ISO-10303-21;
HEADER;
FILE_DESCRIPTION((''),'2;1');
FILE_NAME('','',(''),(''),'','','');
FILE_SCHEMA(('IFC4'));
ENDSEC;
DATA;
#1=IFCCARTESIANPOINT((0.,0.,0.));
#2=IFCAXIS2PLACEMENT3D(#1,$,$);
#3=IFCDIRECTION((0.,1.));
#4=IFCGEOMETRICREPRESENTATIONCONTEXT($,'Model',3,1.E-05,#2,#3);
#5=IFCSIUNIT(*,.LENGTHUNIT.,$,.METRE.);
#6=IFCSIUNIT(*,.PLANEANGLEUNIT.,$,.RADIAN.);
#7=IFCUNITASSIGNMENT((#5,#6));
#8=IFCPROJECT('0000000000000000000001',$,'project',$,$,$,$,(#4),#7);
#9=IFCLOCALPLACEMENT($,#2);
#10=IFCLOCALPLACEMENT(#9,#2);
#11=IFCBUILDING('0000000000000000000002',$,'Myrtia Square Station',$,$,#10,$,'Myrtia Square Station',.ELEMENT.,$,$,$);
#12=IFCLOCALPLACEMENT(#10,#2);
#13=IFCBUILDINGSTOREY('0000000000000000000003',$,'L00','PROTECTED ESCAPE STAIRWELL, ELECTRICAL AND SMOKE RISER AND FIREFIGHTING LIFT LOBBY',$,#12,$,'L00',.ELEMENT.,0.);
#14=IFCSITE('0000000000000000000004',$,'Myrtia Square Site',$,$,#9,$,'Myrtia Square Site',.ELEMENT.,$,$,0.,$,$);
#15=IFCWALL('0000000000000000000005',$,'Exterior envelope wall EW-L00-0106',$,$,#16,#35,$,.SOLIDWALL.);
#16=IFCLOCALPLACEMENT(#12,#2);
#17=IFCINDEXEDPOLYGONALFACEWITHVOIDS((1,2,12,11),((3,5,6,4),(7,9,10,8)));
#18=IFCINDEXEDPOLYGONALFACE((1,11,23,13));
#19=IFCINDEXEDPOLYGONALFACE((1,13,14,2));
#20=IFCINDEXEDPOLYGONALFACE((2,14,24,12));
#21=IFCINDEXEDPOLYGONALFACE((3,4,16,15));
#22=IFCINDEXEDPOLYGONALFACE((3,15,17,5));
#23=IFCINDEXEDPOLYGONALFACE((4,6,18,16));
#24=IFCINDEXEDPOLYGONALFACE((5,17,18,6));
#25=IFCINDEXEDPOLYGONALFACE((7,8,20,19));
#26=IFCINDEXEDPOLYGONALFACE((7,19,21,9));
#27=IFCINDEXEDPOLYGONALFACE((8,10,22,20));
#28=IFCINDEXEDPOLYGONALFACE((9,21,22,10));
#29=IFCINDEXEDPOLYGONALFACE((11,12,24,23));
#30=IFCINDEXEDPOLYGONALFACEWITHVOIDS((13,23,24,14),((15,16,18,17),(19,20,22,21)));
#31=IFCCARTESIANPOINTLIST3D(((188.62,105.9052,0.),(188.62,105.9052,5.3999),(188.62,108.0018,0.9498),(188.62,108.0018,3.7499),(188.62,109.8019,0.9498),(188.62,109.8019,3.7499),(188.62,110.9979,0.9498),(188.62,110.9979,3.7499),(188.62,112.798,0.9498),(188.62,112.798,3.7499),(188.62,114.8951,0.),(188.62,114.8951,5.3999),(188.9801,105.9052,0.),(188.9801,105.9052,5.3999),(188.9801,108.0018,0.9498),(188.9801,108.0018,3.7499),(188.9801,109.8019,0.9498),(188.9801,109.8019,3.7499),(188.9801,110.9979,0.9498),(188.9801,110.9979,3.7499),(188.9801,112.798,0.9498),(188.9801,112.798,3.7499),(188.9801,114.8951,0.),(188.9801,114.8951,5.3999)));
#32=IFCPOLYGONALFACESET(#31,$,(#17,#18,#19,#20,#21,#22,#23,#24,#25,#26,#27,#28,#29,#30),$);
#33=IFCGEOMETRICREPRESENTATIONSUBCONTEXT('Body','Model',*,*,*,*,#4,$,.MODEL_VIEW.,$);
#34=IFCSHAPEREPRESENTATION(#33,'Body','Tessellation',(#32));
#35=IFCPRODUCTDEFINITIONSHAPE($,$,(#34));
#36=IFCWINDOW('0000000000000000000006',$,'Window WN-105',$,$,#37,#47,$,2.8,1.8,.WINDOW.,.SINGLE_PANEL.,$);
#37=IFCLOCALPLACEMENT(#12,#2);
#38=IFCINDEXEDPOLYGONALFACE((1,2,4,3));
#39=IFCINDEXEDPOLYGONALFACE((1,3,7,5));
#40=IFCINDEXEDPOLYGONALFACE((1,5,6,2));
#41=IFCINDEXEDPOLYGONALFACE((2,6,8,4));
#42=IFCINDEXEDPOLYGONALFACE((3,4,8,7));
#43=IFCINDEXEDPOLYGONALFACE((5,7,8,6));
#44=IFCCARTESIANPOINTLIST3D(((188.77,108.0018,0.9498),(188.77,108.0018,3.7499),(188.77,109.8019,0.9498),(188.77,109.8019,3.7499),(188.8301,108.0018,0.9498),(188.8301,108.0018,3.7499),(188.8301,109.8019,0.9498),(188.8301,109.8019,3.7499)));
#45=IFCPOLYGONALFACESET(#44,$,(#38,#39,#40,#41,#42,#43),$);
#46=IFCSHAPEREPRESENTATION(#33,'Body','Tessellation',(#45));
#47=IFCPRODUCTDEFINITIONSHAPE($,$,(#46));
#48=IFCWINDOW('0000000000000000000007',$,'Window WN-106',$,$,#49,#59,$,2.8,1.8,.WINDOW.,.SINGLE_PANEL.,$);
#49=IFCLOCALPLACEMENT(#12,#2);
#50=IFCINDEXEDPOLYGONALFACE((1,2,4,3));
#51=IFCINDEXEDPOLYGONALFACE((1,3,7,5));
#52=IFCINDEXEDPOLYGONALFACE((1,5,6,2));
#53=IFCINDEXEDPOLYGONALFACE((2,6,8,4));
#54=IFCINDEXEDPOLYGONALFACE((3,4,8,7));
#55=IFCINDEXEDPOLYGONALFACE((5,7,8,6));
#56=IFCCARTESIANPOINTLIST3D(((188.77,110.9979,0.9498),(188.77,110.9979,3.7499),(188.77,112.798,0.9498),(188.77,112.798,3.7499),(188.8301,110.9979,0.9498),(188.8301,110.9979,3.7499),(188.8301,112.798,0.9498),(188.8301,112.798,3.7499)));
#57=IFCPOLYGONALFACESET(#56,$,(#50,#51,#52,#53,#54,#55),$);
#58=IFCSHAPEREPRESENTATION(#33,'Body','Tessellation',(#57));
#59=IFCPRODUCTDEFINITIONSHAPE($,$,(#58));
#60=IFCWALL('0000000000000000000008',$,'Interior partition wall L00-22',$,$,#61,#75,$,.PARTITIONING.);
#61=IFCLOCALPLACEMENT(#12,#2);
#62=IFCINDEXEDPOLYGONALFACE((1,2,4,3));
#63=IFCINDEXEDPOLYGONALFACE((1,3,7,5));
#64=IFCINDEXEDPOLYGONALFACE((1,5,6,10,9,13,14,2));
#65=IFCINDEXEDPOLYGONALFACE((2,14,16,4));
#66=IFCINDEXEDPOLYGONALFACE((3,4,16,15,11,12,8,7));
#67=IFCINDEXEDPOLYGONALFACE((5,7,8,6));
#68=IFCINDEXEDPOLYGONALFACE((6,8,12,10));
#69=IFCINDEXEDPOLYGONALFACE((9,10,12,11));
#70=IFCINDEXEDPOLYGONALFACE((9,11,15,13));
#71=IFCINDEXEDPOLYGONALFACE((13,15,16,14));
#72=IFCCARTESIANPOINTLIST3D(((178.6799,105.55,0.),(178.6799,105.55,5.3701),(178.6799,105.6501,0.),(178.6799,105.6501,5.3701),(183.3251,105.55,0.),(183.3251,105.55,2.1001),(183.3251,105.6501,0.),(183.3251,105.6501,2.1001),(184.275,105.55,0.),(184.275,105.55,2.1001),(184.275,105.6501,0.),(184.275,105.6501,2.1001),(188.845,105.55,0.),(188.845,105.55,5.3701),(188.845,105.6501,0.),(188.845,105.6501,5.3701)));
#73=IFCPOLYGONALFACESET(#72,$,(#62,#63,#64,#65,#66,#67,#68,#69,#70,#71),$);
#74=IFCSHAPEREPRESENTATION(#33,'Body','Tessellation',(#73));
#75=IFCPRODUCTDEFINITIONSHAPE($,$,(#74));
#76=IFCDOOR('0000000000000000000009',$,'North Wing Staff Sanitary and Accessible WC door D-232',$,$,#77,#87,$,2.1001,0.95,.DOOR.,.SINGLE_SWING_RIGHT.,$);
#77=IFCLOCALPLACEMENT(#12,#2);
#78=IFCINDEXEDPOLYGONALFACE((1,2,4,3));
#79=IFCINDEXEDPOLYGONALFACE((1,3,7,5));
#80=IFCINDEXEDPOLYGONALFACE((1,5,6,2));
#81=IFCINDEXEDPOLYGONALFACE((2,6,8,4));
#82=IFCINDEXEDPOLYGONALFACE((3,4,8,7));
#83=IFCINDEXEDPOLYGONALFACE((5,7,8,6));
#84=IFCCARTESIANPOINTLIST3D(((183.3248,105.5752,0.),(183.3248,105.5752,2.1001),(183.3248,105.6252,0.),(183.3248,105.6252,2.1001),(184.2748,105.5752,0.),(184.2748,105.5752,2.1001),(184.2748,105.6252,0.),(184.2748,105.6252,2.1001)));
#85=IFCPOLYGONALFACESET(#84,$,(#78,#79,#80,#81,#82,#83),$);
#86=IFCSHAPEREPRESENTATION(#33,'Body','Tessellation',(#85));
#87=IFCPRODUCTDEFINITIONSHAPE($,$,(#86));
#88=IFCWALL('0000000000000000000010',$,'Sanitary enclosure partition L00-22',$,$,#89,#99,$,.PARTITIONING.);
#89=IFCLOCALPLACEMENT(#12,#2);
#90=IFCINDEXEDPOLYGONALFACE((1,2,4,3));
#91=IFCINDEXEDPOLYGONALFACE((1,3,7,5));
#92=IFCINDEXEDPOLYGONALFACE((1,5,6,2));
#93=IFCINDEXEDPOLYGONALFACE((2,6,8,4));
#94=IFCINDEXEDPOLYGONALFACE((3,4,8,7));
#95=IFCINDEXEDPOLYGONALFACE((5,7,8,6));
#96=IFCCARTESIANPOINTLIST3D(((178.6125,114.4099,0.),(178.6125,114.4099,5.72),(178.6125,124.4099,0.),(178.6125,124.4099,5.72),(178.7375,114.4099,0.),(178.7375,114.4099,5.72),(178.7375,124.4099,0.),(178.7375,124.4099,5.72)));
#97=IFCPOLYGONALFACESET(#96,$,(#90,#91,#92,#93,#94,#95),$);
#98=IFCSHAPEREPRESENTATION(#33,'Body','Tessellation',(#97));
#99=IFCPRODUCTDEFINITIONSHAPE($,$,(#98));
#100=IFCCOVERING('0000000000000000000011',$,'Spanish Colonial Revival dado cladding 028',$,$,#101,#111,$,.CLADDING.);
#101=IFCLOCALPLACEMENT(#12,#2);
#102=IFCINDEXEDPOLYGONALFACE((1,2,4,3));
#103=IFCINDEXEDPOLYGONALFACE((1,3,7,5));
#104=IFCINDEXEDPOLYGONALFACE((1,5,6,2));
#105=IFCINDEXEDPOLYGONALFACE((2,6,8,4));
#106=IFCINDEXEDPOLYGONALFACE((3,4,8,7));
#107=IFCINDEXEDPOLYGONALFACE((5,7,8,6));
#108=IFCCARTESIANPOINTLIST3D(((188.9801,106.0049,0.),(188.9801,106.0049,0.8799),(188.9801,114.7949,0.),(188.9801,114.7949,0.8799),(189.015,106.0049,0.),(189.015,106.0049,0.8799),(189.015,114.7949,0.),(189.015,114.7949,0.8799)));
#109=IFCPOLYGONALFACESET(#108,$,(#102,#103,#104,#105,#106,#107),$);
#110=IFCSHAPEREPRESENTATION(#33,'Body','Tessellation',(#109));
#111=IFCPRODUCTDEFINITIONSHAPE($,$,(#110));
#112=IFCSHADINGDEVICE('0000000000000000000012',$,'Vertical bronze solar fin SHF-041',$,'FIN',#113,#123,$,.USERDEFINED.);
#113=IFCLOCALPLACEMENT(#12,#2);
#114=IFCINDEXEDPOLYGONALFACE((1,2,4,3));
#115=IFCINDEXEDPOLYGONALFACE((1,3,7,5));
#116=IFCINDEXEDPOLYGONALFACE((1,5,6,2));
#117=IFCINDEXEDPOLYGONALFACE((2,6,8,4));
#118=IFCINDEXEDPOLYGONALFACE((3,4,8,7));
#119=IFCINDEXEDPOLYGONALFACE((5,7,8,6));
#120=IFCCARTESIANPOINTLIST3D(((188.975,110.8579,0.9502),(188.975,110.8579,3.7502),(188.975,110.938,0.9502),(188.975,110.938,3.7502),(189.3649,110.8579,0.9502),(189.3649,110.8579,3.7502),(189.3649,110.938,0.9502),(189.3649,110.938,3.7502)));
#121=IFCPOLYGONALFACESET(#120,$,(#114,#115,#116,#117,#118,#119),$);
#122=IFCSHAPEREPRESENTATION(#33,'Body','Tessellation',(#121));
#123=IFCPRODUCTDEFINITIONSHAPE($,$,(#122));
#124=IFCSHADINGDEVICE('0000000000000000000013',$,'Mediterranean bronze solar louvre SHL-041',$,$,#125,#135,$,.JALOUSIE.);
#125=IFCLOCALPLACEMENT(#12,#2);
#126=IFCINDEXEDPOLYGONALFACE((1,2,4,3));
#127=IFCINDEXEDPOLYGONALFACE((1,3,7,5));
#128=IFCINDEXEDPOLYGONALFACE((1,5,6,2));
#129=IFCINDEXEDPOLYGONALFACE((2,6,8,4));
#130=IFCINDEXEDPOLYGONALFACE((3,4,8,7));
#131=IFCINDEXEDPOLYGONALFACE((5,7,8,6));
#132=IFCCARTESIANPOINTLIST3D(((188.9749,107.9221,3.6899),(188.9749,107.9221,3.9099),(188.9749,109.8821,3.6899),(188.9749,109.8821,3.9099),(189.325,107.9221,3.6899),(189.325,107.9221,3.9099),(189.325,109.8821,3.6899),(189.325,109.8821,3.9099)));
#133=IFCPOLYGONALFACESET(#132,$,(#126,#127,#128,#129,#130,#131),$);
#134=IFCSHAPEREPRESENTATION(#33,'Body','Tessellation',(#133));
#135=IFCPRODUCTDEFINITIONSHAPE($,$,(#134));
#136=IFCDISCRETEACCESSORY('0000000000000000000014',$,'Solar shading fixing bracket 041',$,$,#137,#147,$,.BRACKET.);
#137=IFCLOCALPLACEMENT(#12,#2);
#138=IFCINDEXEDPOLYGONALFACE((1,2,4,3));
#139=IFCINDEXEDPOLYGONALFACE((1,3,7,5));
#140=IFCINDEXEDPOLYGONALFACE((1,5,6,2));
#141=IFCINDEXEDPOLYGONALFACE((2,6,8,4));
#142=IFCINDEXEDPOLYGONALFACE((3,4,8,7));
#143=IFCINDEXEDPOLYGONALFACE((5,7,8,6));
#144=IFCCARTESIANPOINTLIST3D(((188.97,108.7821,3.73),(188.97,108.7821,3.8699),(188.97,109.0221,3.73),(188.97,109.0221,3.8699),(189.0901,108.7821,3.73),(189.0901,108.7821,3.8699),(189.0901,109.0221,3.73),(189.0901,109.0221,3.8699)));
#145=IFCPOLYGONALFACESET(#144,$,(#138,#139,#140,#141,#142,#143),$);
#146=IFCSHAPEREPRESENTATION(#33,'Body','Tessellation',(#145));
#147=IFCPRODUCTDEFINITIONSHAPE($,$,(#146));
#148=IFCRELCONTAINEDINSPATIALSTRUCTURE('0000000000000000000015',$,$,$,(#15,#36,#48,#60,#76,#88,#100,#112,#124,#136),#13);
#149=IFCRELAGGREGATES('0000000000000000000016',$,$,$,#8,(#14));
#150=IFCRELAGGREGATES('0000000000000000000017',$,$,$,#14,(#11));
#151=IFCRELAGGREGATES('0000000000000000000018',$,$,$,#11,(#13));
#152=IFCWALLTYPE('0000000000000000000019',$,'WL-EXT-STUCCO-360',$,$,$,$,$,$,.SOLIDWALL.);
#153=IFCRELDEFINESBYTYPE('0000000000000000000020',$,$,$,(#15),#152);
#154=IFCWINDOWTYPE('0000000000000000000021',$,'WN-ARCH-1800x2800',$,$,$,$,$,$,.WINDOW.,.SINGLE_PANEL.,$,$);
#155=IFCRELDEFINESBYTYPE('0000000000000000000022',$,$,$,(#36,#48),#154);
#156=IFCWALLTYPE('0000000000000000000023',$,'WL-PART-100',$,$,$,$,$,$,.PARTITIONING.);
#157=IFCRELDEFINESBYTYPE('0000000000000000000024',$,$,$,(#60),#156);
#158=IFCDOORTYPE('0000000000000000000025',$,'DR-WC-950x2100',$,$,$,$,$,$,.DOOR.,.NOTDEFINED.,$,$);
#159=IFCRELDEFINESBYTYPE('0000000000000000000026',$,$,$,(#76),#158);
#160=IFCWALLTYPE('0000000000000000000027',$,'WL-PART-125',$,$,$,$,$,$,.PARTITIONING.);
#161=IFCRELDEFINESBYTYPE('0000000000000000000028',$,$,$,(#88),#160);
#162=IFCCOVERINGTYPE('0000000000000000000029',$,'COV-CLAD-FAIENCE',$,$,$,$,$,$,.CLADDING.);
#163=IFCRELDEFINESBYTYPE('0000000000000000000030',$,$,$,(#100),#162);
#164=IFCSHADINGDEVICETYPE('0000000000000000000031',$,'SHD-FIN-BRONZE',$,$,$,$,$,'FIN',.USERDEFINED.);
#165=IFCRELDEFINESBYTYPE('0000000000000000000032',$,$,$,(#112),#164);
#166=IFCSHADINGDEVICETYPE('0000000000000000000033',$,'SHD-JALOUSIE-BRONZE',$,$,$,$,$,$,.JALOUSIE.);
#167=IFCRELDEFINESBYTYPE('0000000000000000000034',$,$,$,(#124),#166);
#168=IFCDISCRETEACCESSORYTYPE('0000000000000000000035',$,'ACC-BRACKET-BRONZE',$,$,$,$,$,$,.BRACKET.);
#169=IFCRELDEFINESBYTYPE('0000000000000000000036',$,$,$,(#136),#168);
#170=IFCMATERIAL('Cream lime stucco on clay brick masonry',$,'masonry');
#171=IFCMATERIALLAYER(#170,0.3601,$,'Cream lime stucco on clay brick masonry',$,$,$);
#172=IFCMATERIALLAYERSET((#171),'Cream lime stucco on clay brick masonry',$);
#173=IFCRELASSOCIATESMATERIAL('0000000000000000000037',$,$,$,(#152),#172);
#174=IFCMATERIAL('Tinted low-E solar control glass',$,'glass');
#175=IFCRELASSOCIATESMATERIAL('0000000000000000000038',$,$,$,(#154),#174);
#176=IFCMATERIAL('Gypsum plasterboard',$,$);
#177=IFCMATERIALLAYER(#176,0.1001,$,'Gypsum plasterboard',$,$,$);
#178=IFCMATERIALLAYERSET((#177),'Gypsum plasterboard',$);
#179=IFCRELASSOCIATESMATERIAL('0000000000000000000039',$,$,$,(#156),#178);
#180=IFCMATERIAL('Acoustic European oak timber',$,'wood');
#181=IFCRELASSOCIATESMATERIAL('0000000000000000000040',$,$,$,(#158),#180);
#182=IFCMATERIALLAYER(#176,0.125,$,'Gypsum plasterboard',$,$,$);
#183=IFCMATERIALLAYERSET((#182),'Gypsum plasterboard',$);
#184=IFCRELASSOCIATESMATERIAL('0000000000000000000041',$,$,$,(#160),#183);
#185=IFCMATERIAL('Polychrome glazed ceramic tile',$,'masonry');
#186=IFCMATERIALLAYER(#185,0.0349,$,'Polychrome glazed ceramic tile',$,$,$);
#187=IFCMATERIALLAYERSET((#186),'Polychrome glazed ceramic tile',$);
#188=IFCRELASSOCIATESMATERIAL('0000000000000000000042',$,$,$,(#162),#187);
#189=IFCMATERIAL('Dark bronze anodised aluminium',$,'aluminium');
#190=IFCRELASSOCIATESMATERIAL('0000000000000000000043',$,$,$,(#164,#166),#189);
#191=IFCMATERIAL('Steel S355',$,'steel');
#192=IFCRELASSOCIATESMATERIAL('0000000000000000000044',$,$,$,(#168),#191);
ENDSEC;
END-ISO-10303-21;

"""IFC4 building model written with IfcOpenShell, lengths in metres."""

from ifc_helpers import new_model, si_unit, direction, frame, frame_2d, origin, origin_2d, place, context, subcontext, project, spatial, rectangle, extrude, material, layer, layer_set, type_object, element, fill, save


model = new_model("IFC4")

# Units and contexts
model_context = context("Model", 3, precision=1e-05, world=origin(), true_north=direction((0.0, 1.0)))
body_context = subcontext(model_context, "Body", "Model", "MODEL_VIEW")
ifc_project = project(units=[si_unit("LENGTHUNIT", "METRE"), si_unit("PLANEANGLEUNIT", "RADIAN")], contexts=[model_context])

# Site, building, storey
site_placement = place(None, origin())
site = spatial("IfcSite", under=ifc_project, at=site_placement, Name="Myrtia Square Site", LongName="Myrtia Square Site", CompositionType="ELEMENT", RefElevation=0.0)
building_placement = place(site_placement, origin())
building = spatial("IfcBuilding", under=site, at=building_placement, Name="Myrtia Square Station", LongName="Myrtia Square Station", CompositionType="ELEMENT")
storey_placement = place(building_placement, origin())
storey = spatial("IfcBuildingStorey", under=building, at=storey_placement, Name="L00", Description="PROTECTED ESCAPE STAIRWELL, ELECTRICAL AND SMOKE RISER AND FIREFIGHTING LIFT LOBBY", LongName="L00", CompositionType="ELEMENT", Elevation=0.0)

# Shared definitions
ifc_material_1 = material(Name="Steel S355", Category="steel")

# Wall, openings, windows
ifc_material_2 = material(Name="Cream lime stucco on clay brick masonry", Category="masonry")
ifc_layer_1 = layer(ifc_material_2, 0.3601, Name="Cream lime stucco on clay brick masonry")
ifc_layer_set_1 = layer_set([ifc_layer_1], Name="Cream lime stucco on clay brick masonry")
wall_type_1 = type_object("IfcWallType", Name="WL-EXT-STUCCO-360", PredefinedType="SOLIDWALL", material=ifc_layer_set_1)
wall_1_placement = place(storey_placement, frame((188.8, 105.905, 0.0), z_axis=(0.0, 0.0, 1.0), x_axis=(0.0, 1.0, 0.0)))
wall_1 = element("IfcWall", 1, at=wall_1_placement, inside=storey, type_object=wall_type_1, Name="Exterior envelope wall EW-L00-0106", PredefinedType="SOLIDWALL", context=body_context, shape_type="SweptSolid", body=[
    extrude(rectangle(XDim=8.99, YDim=0.3601, at=frame_2d((4.4951, 0.0))), origin(), (0.0, 0.0, 1.0), 5.3999),
])
opening_1_placement = place(wall_1_placement, frame((2.0969, 0.0, 0.95)))
opening_1 = element("IfcOpeningElement", 2, at=opening_1_placement, cuts=wall_1, PredefinedType="OPENING", context=body_context, shape_type="SweptSolid", body=[
    extrude(rectangle(XDim=1.8, YDim=2.8, at=frame_2d((0.8999, 1.3999))), frame((0.0, 0.1951, 0.0), z_axis=(0.0, -1.0, 0.0), x_axis=(1.0, 0.0, 0.0)), (0.0, 0.0, 1.0), 0.3901),
])
opening_2_placement = place(wall_1_placement, frame((5.093, 0.0, 0.95)))
opening_2 = element("IfcOpeningElement", 3, at=opening_2_placement, cuts=wall_1, PredefinedType="OPENING", context=body_context, shape_type="SweptSolid", body=[
    extrude(rectangle(XDim=1.8, YDim=2.8, at=frame_2d((0.8999, 1.3999))), frame((0.0, 0.1951, 0.0), z_axis=(0.0, -1.0, 0.0), x_axis=(1.0, 0.0, 0.0)), (0.0, 0.0, 1.0), 0.3901),
])
ifc_material_3 = material(Name="Tinted low-E solar control glass", Category="glass")
window_type = type_object("IfcWindowType", Name="WN-ARCH-1800x2800", PartitioningType="SINGLE_PANEL", PredefinedType="WINDOW", material=ifc_material_3)
window_1_placement = place(opening_1_placement, origin())
window_1 = element("IfcWindow", 4, at=window_1_placement, inside=storey, type_object=window_type, Name="Window WN-105", OverallHeight=2.8, OverallWidth=1.8, PartitioningType="SINGLE_PANEL", PredefinedType="WINDOW", context=body_context, shape_type="SweptSolid", body=[
    extrude(rectangle(XDim=1.8, YDim=2.8, at=frame_2d((0.8999, 1.3999))), frame((0.0, 0.03, 0.0), z_axis=(0.0, -1.0, 0.0), x_axis=(1.0, 0.0, 0.0)), (0.0, 0.0, 1.0), 0.0601),
])
fill(opening_1, window_1)
window_2_placement = place(opening_2_placement, origin())
window_2 = element("IfcWindow", 5, at=window_2_placement, inside=storey, type_object=window_type, Name="Window WN-106", OverallHeight=2.8, OverallWidth=1.8, PartitioningType="SINGLE_PANEL", PredefinedType="WINDOW", context=body_context, shape_type="SweptSolid", body=[
    extrude(rectangle(XDim=1.8, YDim=2.8, at=frame_2d((0.8999, 1.3999))), frame((0.0, 0.03, 0.0), z_axis=(0.0, -1.0, 0.0), x_axis=(1.0, 0.0, 0.0)), (0.0, 0.0, 1.0), 0.0601),
])
fill(opening_2, window_2)

# Wall, opening, door
ifc_material_4 = material(Name="Gypsum plasterboard")
ifc_layer_2 = layer(ifc_material_4, 0.1001, Name="Gypsum plasterboard")
ifc_layer_set_2 = layer_set([ifc_layer_2], Name="Gypsum plasterboard")
wall_type_2 = type_object("IfcWallType", Name="WL-PART-100", PredefinedType="PARTITIONING", material=ifc_layer_set_2)
wall_2_placement = place(storey_placement, frame((178.6799, 105.6001, 0.0), z_axis=(0.0, 0.0, 1.0), x_axis=(1.0, 0.0, 0.0)))
wall_2 = element("IfcWall", 6, at=wall_2_placement, inside=storey, type_object=wall_type_2, Name="Interior partition wall L00-22", PredefinedType="PARTITIONING", context=body_context, shape_type="SweptSolid", body=[
    extrude(rectangle(XDim=10.165, YDim=0.1001, at=frame_2d((5.0825, 0.0))), origin(), (0.0, 0.0, 1.0), 5.3701),
])
opening_3_placement = place(wall_2_placement, frame((4.645, 0.0, 0.0)))
opening_3 = element("IfcOpeningElement", 7, at=opening_3_placement, cuts=wall_2, PredefinedType="OPENING", context=body_context, shape_type="SweptSolid", body=[
    extrude(rectangle(XDim=0.95, YDim=2.1001, at=frame_2d((0.4751, 1.05))), frame((0.0, 0.0649, 0.0), z_axis=(0.0, -1.0, 0.0), x_axis=(1.0, 0.0, 0.0)), (0.0, 0.0, 1.0), 0.1301),
])
ifc_material_5 = material(Name="Acoustic European oak timber", Category="wood")
door_type = type_object("IfcDoorType", Name="DR-WC-950x2100", OperationType="NOTDEFINED", PredefinedType="DOOR", material=ifc_material_5)
door_placement = place(opening_3_placement, frame((0.95, 0.0, 0.0), z_axis=(0.0, 0.0, 1.0), x_axis=(-1.0, 0.0, 0.0)))
door = element("IfcDoor", 8, at=door_placement, inside=storey, type_object=door_type, Name="North Wing Staff Sanitary and Accessible WC door D-232", OperationType="SINGLE_SWING_RIGHT", OverallHeight=2.1001, OverallWidth=0.95, PredefinedType="DOOR", context=body_context, shape_type="SweptSolid", body=[
    extrude(rectangle(XDim=0.95, YDim=2.1001, at=frame_2d((0.4751, 1.05))), frame((0.0, 0.0249, 0.0), z_axis=(0.0, -1.0, 0.0), x_axis=(1.0, 0.0, 0.0)), (0.0, 0.0, 1.0), 0.05),
])
fill(opening_3, door)

# Wall
ifc_layer_3 = layer(ifc_material_4, 0.125, Name="Gypsum plasterboard")
ifc_layer_set_3 = layer_set([ifc_layer_3], Name="Gypsum plasterboard")
wall_type_3 = type_object("IfcWallType", Name="WL-PART-125", PredefinedType="PARTITIONING", material=ifc_layer_set_3)
wall_3_placement = place(storey_placement, frame((178.675, 114.4099, 0.0), z_axis=(0.0, 0.0, 1.0), x_axis=(0.0, 1.0, 0.0)))
element("IfcWall", 9, at=wall_3_placement, inside=storey, type_object=wall_type_3, Name="Sanitary enclosure partition L00-22", PredefinedType="PARTITIONING", context=body_context, shape_type="SweptSolid", body=[
    extrude(rectangle(XDim=10.0, YDim=0.125, at=frame_2d((5.0, 0.0))), origin(), (0.0, 0.0, 1.0), 5.72),
])

# Covering
ifc_material_6 = material(Name="Polychrome glazed ceramic tile", Category="masonry")
ifc_layer_4 = layer(ifc_material_6, 0.0349, Name="Polychrome glazed ceramic tile")
ifc_layer_set_4 = layer_set([ifc_layer_4], Name="Polychrome glazed ceramic tile")
covering_type = type_object("IfcCoveringType", Name="COV-CLAD-FAIENCE", PredefinedType="CLADDING", material=ifc_layer_set_4)
covering_placement = place(storey_placement, frame((188.9976, 110.3999, 0.0), z_axis=(0.0, 0.0, 1.0), x_axis=(0.0, 1.0, 0.0)))
element("IfcCovering", 10, at=covering_placement, inside=storey, type_object=covering_type, Name="Spanish Colonial Revival dado cladding 028", PredefinedType="CLADDING", context=body_context, shape_type="SweptSolid", body=[
    extrude(rectangle(XDim=8.79, YDim=0.0349, at=origin_2d()), origin(), (0.0, 0.0, 1.0), 0.8799),
])

# Shading devices
ifc_material_7 = material(Name="Dark bronze anodised aluminium", Category="aluminium")
shading_device_type_1 = type_object("IfcShadingDeviceType", Name="SHD-FIN-BRONZE", ElementType="FIN", PredefinedType="USERDEFINED", material=ifc_material_7)
shading_device_1_placement = place(storey_placement, frame((189.1699, 110.8979, 0.9502), z_axis=(0.0, 0.0, 1.0), x_axis=(0.0, 1.0, 0.0)))
element("IfcShadingDevice", 11, at=shading_device_1_placement, inside=storey, type_object=shading_device_type_1, Name="Vertical bronze solar fin SHF-041", ObjectType="FIN", PredefinedType="USERDEFINED", context=body_context, shape_type="SweptSolid", body=[
    extrude(rectangle(XDim=0.0801, YDim=0.3899, at=origin_2d()), origin(), (0.0, 0.0, 1.0), 2.8),
])
shading_device_type_2 = type_object("IfcShadingDeviceType", Name="SHD-JALOUSIE-BRONZE", PredefinedType="JALOUSIE", material=ifc_material_7)
shading_device_2_placement = place(storey_placement, frame((189.1499, 108.9021, 3.6899), z_axis=(0.0, 0.0, 1.0), x_axis=(0.0, 1.0, 0.0)))
element("IfcShadingDevice", 12, at=shading_device_2_placement, inside=storey, type_object=shading_device_type_2, Name="Mediterranean bronze solar louvre SHL-041", PredefinedType="JALOUSIE", context=body_context, shape_type="SweptSolid", body=[
    extrude(rectangle(XDim=1.96, YDim=0.3501, at=origin_2d()), origin(), (0.0, 0.0, 1.0), 0.22),
])

# Discrete accessory
discrete_accessory_type = type_object("IfcDiscreteAccessoryType", Name="ACC-BRACKET-BRONZE", PredefinedType="BRACKET", material=ifc_material_1)
discrete_accessory_placement = place(storey_placement, frame((189.03, 108.9021, 3.73), z_axis=(0.0, 0.0, 1.0), x_axis=(0.0, 1.0, 0.0)))
element("IfcDiscreteAccessory", 13, at=discrete_accessory_placement, inside=storey, type_object=discrete_accessory_type, Name="Solar shading fixing bracket 041", PredefinedType="BRACKET", context=body_context, shape_type="SweptSolid", body=[
    extrude(rectangle(XDim=0.24, YDim=0.1201, at=origin_2d()), origin(), (0.0, 0.0, 1.0), 0.1399),
])

save(model, "model.ifc")
